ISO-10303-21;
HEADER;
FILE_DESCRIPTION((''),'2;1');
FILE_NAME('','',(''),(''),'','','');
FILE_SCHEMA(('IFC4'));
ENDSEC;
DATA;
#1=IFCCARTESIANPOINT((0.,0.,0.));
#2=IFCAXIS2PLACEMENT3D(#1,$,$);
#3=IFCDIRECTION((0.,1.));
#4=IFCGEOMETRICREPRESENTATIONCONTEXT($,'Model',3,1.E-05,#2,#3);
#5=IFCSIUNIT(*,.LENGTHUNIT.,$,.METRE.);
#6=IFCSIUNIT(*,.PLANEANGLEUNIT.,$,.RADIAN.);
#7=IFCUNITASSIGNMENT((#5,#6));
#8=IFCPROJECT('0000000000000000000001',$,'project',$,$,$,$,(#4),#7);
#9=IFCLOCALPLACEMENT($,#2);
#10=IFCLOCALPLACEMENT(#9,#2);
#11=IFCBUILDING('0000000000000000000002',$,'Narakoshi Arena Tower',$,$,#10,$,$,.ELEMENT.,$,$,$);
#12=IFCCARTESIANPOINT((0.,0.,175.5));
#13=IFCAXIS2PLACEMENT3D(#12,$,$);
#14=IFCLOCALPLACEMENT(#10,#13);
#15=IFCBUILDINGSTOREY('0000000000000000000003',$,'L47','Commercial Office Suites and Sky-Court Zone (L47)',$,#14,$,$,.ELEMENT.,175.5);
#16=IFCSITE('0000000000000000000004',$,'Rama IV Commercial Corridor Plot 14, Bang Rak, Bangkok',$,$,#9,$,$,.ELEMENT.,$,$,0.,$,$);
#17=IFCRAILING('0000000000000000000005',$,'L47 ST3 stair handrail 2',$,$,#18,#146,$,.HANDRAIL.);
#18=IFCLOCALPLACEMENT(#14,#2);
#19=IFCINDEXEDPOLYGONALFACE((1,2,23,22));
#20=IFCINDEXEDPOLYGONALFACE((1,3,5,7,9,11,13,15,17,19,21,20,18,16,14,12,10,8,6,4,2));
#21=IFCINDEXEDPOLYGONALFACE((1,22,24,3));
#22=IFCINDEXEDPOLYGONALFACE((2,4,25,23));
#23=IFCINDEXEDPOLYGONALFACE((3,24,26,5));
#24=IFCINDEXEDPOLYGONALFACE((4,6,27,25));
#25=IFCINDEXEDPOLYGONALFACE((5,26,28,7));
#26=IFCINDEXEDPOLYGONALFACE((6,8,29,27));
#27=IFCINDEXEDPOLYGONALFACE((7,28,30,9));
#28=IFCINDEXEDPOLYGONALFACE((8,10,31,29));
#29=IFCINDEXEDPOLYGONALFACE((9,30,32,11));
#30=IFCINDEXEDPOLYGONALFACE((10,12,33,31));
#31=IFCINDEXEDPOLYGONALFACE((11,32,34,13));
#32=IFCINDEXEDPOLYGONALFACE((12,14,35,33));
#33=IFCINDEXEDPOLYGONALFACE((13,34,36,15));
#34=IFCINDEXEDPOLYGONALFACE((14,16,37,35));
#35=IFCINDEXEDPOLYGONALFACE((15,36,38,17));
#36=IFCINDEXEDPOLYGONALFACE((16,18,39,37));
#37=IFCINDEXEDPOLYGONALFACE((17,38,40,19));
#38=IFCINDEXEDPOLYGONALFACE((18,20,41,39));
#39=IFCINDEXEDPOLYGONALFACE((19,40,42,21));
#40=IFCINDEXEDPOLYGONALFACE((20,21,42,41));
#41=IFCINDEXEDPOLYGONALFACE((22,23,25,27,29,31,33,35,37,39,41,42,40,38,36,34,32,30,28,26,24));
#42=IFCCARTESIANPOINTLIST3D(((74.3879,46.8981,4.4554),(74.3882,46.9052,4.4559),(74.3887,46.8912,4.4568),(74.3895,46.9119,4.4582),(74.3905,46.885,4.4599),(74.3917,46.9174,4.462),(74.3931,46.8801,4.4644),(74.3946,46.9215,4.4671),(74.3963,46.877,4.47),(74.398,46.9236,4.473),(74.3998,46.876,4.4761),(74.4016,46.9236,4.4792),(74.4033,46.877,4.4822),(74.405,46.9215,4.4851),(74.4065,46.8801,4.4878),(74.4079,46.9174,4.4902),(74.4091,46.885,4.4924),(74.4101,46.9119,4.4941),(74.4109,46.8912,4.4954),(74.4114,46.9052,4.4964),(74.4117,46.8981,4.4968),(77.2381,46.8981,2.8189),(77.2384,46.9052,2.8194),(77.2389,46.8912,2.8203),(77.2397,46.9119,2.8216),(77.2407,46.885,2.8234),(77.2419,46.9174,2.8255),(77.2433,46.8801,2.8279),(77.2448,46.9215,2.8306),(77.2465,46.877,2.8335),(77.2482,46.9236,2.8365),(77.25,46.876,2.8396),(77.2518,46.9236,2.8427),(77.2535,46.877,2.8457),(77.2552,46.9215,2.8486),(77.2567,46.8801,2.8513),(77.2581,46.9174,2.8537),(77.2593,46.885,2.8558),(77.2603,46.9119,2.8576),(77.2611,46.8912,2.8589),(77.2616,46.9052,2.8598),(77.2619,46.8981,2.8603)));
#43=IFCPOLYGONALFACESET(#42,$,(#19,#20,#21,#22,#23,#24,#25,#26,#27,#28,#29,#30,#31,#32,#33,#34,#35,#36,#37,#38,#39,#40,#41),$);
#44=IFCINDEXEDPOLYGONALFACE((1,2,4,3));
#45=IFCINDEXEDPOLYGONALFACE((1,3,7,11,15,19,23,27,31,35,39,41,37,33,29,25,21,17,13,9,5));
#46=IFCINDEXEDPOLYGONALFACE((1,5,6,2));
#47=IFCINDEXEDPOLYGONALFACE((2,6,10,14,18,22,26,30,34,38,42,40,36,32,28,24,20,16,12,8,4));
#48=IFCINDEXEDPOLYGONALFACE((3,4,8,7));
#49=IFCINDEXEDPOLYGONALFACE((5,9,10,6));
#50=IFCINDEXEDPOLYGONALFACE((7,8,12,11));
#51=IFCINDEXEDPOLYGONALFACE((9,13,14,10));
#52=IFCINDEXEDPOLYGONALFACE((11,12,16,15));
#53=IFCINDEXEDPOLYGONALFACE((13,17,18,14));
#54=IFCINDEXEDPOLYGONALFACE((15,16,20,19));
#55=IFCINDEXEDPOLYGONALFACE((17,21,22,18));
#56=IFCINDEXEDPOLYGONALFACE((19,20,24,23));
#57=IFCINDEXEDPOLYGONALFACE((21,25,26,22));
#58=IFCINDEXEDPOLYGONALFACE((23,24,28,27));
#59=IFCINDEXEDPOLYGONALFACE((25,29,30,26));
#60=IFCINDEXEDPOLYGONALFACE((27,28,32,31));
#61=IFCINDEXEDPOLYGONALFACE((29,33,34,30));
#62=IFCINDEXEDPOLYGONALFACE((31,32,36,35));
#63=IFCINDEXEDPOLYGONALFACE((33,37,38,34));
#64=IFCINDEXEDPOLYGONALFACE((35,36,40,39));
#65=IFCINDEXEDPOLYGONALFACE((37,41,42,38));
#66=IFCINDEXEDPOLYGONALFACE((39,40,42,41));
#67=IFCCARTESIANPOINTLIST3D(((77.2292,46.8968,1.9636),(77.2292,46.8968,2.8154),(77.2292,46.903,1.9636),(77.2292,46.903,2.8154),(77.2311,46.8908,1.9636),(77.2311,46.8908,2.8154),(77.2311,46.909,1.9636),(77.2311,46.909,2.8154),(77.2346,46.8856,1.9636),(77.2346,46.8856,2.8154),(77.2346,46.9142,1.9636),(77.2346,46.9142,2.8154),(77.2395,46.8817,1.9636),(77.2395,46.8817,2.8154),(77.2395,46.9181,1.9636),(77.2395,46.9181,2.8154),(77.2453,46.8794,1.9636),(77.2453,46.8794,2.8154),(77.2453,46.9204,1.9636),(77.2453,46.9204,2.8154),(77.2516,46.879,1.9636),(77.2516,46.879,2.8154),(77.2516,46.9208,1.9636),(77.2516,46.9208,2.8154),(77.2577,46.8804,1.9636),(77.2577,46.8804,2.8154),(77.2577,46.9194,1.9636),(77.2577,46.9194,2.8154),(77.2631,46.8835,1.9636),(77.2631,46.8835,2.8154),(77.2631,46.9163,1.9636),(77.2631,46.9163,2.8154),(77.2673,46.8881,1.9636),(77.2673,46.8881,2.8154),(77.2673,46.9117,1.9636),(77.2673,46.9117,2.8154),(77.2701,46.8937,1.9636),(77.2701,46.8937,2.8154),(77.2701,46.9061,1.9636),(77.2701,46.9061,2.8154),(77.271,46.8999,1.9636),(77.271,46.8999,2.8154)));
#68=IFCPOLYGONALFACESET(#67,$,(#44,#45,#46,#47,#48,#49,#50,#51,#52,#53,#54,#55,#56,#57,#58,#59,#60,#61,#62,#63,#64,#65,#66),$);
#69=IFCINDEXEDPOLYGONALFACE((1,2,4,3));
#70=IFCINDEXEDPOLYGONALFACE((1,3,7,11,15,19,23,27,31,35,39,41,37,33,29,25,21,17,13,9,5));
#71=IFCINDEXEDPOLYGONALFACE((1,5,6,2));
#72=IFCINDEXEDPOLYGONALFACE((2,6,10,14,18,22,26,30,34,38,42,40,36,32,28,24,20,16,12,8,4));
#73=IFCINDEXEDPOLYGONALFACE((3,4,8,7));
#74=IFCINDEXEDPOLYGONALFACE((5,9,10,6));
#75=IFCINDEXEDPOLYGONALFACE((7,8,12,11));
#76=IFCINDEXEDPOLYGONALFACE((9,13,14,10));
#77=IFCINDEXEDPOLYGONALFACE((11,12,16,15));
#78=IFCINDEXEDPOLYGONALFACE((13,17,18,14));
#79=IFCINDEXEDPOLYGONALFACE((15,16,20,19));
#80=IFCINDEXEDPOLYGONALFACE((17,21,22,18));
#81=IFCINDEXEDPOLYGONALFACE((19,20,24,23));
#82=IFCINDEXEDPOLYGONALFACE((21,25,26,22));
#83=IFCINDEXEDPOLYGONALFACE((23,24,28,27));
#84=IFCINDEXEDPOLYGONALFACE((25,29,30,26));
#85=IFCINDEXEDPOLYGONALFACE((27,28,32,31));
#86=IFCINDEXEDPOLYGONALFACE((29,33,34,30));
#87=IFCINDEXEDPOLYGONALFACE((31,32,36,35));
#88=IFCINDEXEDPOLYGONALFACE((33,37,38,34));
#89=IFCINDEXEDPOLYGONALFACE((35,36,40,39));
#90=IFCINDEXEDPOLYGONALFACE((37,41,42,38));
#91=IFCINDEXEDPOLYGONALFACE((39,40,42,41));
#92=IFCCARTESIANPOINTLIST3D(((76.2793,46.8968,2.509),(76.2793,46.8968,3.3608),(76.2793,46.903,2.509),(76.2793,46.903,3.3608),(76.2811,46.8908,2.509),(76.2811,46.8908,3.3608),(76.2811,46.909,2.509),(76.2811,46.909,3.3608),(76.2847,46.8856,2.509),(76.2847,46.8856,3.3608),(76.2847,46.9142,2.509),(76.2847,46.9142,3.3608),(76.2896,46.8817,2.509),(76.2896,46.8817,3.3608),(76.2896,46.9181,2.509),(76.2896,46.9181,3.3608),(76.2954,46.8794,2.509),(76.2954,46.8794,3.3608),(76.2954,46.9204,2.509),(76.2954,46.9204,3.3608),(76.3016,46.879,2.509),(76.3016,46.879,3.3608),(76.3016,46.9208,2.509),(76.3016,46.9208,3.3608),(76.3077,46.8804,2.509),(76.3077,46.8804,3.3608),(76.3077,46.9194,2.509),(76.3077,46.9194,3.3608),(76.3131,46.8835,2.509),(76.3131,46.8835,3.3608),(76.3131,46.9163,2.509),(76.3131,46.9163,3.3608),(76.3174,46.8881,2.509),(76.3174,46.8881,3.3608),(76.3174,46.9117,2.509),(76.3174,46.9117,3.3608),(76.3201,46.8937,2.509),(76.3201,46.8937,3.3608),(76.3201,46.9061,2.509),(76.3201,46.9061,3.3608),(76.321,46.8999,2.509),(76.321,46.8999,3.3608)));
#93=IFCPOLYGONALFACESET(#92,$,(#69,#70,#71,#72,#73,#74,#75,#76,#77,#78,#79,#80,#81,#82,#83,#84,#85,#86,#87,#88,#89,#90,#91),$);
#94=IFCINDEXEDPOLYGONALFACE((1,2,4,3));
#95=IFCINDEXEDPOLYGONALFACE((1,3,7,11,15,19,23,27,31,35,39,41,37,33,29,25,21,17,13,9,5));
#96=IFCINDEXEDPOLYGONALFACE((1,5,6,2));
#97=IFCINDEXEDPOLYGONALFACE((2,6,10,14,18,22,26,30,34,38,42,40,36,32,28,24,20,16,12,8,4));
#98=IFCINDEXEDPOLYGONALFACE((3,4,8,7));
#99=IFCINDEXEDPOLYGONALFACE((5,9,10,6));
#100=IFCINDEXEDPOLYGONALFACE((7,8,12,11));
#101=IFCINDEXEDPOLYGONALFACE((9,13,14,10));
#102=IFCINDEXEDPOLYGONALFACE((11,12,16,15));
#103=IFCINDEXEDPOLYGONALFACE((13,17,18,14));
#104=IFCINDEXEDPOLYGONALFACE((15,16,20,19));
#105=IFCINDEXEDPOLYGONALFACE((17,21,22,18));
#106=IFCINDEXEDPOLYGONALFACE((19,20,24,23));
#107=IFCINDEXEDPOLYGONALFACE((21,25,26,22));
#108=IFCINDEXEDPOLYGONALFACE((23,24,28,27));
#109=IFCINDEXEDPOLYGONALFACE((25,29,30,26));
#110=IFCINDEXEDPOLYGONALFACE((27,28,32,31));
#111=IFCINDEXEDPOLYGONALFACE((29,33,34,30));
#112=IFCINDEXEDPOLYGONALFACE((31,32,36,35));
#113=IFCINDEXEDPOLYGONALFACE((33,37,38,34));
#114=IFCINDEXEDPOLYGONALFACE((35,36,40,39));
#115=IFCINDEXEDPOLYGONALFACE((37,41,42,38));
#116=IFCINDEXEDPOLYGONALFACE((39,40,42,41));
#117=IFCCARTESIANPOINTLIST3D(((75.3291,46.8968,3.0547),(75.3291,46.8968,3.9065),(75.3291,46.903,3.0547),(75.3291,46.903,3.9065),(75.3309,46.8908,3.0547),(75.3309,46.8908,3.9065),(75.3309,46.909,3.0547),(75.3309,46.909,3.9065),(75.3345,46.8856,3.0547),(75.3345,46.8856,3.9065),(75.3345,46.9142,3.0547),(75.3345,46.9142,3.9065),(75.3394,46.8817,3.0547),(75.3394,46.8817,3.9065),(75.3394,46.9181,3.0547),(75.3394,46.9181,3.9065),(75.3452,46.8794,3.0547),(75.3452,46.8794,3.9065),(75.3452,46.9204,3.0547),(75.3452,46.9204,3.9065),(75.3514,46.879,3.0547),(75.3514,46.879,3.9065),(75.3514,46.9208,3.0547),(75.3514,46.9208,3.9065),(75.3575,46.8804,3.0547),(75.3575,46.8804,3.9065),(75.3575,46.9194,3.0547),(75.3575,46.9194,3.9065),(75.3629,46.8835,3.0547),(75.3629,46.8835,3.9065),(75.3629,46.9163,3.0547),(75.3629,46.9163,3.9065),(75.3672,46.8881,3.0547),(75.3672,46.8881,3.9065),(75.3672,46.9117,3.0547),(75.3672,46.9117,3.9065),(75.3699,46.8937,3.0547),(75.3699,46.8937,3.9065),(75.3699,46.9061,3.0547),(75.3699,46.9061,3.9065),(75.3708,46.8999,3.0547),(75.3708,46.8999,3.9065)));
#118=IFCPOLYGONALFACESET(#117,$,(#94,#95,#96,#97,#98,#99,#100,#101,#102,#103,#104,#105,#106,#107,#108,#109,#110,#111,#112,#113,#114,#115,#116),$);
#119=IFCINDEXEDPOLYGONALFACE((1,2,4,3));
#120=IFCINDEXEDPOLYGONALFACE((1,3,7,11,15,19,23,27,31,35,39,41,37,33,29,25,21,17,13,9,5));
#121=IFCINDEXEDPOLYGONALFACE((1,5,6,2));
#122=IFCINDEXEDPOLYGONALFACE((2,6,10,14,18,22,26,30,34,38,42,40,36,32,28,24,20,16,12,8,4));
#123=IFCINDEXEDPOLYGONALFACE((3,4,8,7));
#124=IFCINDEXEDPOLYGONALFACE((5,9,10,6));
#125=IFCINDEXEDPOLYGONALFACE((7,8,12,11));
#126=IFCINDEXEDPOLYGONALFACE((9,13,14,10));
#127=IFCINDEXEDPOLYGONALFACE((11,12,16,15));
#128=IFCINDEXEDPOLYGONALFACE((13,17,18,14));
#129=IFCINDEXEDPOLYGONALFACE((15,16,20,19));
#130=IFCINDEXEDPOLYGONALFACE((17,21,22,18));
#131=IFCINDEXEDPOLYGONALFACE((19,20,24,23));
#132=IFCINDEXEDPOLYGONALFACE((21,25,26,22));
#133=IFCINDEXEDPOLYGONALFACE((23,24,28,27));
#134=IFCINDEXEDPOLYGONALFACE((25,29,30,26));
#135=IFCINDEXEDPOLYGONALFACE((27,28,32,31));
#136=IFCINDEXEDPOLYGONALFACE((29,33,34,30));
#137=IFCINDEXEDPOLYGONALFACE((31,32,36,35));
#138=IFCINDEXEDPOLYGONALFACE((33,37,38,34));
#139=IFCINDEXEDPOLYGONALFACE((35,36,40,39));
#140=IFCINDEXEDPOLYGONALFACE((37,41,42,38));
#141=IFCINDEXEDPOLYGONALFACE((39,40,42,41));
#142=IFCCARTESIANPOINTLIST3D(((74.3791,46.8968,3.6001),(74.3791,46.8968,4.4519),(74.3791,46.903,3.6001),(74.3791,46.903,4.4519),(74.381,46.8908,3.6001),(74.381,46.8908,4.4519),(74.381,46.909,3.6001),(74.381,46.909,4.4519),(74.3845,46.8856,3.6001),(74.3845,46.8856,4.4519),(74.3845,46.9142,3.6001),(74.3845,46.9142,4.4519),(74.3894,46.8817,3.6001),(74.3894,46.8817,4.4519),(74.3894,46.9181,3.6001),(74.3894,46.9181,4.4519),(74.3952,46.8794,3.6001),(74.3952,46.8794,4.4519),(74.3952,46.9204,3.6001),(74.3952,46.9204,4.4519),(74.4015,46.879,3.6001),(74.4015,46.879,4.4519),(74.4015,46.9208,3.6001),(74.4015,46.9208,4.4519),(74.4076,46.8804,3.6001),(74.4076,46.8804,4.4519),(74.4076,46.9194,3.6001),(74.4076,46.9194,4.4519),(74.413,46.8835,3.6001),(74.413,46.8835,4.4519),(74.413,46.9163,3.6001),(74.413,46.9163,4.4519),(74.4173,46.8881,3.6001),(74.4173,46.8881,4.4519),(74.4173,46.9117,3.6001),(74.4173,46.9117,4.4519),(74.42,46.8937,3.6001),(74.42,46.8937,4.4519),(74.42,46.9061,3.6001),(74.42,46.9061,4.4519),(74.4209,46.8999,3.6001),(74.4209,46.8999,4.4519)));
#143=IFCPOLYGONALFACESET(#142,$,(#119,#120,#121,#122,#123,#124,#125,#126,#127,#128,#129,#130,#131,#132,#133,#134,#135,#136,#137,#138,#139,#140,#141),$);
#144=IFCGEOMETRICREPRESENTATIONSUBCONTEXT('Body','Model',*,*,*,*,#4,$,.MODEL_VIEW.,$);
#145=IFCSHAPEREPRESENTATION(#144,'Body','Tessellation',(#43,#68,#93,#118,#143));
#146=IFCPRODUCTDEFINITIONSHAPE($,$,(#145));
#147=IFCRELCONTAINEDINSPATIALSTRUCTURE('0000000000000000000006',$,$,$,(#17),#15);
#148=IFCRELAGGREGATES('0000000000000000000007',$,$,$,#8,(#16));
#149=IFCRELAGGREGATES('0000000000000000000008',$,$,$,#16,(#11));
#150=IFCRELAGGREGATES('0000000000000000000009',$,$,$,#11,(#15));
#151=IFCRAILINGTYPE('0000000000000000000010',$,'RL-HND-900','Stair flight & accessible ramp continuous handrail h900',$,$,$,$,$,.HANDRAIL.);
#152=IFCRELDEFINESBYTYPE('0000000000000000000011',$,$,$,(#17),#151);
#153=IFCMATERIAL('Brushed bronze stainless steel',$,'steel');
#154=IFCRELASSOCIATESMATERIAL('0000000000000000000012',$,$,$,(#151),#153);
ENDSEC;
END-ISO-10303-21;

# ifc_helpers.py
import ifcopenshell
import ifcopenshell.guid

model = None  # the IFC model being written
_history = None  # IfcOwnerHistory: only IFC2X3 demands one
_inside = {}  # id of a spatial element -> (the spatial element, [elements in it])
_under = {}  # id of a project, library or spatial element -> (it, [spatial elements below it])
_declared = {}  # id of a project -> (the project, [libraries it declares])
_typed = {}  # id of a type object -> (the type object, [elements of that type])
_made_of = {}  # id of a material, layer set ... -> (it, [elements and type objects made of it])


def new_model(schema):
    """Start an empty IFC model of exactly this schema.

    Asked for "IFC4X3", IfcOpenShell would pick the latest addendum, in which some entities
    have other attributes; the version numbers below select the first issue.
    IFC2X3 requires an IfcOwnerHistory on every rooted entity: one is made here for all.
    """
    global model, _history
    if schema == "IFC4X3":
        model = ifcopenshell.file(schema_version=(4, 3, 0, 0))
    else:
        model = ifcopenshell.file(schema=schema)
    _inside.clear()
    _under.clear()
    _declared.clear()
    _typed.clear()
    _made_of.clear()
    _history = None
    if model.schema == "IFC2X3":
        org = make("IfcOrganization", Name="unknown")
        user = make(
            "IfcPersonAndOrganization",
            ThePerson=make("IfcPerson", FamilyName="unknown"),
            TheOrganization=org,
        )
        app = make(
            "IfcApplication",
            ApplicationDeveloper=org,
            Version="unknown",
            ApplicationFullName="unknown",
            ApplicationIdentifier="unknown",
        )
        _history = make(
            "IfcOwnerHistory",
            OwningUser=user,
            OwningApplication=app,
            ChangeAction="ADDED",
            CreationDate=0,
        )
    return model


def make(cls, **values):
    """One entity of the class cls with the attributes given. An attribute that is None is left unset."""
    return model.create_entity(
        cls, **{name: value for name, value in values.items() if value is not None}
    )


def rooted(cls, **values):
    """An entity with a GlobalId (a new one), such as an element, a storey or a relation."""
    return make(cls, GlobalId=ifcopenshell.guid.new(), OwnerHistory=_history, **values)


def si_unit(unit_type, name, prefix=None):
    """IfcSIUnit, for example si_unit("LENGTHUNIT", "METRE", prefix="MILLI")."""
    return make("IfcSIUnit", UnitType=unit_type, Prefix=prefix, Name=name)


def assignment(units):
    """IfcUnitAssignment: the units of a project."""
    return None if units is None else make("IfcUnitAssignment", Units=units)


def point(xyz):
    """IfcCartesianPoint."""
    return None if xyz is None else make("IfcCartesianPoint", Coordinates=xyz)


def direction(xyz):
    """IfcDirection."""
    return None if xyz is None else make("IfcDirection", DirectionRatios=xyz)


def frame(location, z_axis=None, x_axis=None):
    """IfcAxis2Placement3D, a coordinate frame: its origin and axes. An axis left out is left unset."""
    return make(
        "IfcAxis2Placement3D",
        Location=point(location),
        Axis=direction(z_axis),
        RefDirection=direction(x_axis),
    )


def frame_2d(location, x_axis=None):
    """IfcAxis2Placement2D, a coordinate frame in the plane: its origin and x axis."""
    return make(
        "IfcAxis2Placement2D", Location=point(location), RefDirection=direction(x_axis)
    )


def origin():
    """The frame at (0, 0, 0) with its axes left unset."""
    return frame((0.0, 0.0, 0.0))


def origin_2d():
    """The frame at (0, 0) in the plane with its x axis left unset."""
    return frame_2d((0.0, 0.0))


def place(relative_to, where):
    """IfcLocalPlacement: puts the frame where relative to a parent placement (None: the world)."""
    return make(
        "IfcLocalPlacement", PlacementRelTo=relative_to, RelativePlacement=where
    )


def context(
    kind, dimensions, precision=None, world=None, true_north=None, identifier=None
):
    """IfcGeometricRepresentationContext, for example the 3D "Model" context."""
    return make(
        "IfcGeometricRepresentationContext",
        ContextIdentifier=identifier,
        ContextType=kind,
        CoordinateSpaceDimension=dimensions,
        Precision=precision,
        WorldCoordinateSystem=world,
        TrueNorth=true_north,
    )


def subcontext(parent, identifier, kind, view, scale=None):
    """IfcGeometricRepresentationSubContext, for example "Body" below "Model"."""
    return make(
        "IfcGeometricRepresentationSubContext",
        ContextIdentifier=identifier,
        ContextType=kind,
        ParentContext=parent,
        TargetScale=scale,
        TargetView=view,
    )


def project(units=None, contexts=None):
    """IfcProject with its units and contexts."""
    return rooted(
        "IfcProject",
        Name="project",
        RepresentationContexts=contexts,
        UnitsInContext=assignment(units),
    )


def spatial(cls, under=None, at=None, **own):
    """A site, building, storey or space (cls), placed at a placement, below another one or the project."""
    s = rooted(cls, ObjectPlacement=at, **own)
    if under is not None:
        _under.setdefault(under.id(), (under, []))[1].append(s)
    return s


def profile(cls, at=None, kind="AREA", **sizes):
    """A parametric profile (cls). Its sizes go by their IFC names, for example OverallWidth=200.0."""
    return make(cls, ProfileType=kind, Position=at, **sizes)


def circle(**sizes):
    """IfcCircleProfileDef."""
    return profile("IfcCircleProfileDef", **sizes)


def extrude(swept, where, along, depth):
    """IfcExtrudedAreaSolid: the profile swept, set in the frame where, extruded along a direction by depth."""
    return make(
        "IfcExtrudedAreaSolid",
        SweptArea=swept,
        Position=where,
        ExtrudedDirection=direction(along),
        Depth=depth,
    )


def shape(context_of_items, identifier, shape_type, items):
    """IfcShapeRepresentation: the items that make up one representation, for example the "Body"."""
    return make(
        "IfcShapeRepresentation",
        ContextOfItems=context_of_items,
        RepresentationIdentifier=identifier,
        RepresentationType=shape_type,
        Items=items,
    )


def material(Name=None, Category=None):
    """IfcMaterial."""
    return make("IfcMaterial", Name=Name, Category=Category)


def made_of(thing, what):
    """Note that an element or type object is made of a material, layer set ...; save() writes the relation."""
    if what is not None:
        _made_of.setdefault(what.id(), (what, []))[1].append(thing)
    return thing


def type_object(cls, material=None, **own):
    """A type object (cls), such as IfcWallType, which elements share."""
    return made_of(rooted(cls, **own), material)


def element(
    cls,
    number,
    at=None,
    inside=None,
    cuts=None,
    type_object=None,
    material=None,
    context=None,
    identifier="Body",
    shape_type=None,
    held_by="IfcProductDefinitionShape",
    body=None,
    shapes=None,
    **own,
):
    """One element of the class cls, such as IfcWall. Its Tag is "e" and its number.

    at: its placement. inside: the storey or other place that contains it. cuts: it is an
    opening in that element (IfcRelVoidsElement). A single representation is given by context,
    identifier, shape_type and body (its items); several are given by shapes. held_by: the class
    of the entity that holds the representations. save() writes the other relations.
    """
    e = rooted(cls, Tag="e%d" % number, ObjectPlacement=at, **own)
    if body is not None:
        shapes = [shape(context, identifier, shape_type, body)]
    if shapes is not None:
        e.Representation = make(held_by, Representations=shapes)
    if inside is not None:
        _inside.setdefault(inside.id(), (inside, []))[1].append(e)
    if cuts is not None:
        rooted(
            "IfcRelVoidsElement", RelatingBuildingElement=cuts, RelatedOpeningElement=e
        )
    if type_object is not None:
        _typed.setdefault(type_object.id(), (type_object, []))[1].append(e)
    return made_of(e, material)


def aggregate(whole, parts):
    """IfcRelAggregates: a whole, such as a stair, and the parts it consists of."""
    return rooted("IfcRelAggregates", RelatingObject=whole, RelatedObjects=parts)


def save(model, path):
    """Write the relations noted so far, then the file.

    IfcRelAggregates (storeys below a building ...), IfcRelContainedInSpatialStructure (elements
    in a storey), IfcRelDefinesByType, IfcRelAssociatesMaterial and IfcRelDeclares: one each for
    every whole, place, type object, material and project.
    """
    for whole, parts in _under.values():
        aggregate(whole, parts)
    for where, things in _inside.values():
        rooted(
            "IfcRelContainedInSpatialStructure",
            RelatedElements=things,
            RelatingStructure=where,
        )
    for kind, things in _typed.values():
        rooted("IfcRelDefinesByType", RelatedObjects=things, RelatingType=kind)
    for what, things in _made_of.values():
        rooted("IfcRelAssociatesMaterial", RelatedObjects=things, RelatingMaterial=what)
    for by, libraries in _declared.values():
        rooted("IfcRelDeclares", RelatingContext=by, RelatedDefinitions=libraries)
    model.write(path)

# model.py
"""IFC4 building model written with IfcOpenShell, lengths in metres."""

from ifc_helpers import new_model, si_unit, direction, frame, origin, origin_2d, place, context, subcontext, project, spatial, circle, extrude, material, type_object, element, save


model = new_model("IFC4")

# Units and contexts
model_context = context("Model", 3, precision=1e-05, world=origin(), true_north=direction((0.0, 1.0)))
body_context = subcontext(model_context, "Body", "Model", "MODEL_VIEW")
ifc_project = project(units=[si_unit("LENGTHUNIT", "METRE"), si_unit("PLANEANGLEUNIT", "RADIAN")], contexts=[model_context])

# Site, building, storey
site_placement = place(None, origin())
site = spatial("IfcSite", under=ifc_project, at=site_placement, Name="Rama IV Commercial Corridor Plot 14, Bang Rak, Bangkok", CompositionType="ELEMENT", RefElevation=0.0)
building_placement = place(site_placement, origin())
building = spatial("IfcBuilding", under=site, at=building_placement, Name="Narakoshi Arena Tower", CompositionType="ELEMENT")
storey_placement = place(building_placement, frame((0.0, 0.0, 175.5)))
storey = spatial("IfcBuildingStorey", under=building, at=storey_placement, Name="L47", Description="Commercial Office Suites and Sky-Court Zone (L47)", CompositionType="ELEMENT", Elevation=175.5)

# Railing
ifc_material_1 = material(Name="Brushed bronze stainless steel", Category="steel")
railing_type = type_object("IfcRailingType", Name="RL-HND-900", Description="Stair flight & accessible ramp continuous handrail h900", PredefinedType="HANDRAIL", material=ifc_material_1)
railing_placement = place(storey_placement, frame((77.25, 46.8999, 1.9636)))
element("IfcRailing", 1, at=railing_placement, inside=storey, type_object=railing_type, Name="L47 ST3 stair handrail 2", PredefinedType="HANDRAIL", context=body_context, shape_type="SweptSolid", body=[
    extrude(circle(Radius=0.0239, at=origin_2d()), frame((0.0, 0.0, 0.876), z_axis=(-0.867213, 0.0, 0.497938), x_axis=(0.0, -1.0, 0.0)), (0.0, 0.0, 1.0), 3.2866),
    extrude(circle(Radius=0.021, at=origin_2d()), origin(), (0.0, 0.0, 1.0), 0.8518),
    extrude(circle(Radius=0.021, at=origin_2d()), frame((-0.95, 0.0, 0.5454)), (0.0, 0.0, 1.0), 0.8518),
    extrude(circle(Radius=0.021, at=origin_2d()), frame((-1.9001, 0.0, 1.0911)), (0.0, 0.0, 1.0), 0.8518),
    extrude(circle(Radius=0.021, at=origin_2d()), frame((-2.8501, 0.0, 1.6365)), (0.0, 0.0, 1.0), 0.8518),
])

save(model, "model.ifc")
